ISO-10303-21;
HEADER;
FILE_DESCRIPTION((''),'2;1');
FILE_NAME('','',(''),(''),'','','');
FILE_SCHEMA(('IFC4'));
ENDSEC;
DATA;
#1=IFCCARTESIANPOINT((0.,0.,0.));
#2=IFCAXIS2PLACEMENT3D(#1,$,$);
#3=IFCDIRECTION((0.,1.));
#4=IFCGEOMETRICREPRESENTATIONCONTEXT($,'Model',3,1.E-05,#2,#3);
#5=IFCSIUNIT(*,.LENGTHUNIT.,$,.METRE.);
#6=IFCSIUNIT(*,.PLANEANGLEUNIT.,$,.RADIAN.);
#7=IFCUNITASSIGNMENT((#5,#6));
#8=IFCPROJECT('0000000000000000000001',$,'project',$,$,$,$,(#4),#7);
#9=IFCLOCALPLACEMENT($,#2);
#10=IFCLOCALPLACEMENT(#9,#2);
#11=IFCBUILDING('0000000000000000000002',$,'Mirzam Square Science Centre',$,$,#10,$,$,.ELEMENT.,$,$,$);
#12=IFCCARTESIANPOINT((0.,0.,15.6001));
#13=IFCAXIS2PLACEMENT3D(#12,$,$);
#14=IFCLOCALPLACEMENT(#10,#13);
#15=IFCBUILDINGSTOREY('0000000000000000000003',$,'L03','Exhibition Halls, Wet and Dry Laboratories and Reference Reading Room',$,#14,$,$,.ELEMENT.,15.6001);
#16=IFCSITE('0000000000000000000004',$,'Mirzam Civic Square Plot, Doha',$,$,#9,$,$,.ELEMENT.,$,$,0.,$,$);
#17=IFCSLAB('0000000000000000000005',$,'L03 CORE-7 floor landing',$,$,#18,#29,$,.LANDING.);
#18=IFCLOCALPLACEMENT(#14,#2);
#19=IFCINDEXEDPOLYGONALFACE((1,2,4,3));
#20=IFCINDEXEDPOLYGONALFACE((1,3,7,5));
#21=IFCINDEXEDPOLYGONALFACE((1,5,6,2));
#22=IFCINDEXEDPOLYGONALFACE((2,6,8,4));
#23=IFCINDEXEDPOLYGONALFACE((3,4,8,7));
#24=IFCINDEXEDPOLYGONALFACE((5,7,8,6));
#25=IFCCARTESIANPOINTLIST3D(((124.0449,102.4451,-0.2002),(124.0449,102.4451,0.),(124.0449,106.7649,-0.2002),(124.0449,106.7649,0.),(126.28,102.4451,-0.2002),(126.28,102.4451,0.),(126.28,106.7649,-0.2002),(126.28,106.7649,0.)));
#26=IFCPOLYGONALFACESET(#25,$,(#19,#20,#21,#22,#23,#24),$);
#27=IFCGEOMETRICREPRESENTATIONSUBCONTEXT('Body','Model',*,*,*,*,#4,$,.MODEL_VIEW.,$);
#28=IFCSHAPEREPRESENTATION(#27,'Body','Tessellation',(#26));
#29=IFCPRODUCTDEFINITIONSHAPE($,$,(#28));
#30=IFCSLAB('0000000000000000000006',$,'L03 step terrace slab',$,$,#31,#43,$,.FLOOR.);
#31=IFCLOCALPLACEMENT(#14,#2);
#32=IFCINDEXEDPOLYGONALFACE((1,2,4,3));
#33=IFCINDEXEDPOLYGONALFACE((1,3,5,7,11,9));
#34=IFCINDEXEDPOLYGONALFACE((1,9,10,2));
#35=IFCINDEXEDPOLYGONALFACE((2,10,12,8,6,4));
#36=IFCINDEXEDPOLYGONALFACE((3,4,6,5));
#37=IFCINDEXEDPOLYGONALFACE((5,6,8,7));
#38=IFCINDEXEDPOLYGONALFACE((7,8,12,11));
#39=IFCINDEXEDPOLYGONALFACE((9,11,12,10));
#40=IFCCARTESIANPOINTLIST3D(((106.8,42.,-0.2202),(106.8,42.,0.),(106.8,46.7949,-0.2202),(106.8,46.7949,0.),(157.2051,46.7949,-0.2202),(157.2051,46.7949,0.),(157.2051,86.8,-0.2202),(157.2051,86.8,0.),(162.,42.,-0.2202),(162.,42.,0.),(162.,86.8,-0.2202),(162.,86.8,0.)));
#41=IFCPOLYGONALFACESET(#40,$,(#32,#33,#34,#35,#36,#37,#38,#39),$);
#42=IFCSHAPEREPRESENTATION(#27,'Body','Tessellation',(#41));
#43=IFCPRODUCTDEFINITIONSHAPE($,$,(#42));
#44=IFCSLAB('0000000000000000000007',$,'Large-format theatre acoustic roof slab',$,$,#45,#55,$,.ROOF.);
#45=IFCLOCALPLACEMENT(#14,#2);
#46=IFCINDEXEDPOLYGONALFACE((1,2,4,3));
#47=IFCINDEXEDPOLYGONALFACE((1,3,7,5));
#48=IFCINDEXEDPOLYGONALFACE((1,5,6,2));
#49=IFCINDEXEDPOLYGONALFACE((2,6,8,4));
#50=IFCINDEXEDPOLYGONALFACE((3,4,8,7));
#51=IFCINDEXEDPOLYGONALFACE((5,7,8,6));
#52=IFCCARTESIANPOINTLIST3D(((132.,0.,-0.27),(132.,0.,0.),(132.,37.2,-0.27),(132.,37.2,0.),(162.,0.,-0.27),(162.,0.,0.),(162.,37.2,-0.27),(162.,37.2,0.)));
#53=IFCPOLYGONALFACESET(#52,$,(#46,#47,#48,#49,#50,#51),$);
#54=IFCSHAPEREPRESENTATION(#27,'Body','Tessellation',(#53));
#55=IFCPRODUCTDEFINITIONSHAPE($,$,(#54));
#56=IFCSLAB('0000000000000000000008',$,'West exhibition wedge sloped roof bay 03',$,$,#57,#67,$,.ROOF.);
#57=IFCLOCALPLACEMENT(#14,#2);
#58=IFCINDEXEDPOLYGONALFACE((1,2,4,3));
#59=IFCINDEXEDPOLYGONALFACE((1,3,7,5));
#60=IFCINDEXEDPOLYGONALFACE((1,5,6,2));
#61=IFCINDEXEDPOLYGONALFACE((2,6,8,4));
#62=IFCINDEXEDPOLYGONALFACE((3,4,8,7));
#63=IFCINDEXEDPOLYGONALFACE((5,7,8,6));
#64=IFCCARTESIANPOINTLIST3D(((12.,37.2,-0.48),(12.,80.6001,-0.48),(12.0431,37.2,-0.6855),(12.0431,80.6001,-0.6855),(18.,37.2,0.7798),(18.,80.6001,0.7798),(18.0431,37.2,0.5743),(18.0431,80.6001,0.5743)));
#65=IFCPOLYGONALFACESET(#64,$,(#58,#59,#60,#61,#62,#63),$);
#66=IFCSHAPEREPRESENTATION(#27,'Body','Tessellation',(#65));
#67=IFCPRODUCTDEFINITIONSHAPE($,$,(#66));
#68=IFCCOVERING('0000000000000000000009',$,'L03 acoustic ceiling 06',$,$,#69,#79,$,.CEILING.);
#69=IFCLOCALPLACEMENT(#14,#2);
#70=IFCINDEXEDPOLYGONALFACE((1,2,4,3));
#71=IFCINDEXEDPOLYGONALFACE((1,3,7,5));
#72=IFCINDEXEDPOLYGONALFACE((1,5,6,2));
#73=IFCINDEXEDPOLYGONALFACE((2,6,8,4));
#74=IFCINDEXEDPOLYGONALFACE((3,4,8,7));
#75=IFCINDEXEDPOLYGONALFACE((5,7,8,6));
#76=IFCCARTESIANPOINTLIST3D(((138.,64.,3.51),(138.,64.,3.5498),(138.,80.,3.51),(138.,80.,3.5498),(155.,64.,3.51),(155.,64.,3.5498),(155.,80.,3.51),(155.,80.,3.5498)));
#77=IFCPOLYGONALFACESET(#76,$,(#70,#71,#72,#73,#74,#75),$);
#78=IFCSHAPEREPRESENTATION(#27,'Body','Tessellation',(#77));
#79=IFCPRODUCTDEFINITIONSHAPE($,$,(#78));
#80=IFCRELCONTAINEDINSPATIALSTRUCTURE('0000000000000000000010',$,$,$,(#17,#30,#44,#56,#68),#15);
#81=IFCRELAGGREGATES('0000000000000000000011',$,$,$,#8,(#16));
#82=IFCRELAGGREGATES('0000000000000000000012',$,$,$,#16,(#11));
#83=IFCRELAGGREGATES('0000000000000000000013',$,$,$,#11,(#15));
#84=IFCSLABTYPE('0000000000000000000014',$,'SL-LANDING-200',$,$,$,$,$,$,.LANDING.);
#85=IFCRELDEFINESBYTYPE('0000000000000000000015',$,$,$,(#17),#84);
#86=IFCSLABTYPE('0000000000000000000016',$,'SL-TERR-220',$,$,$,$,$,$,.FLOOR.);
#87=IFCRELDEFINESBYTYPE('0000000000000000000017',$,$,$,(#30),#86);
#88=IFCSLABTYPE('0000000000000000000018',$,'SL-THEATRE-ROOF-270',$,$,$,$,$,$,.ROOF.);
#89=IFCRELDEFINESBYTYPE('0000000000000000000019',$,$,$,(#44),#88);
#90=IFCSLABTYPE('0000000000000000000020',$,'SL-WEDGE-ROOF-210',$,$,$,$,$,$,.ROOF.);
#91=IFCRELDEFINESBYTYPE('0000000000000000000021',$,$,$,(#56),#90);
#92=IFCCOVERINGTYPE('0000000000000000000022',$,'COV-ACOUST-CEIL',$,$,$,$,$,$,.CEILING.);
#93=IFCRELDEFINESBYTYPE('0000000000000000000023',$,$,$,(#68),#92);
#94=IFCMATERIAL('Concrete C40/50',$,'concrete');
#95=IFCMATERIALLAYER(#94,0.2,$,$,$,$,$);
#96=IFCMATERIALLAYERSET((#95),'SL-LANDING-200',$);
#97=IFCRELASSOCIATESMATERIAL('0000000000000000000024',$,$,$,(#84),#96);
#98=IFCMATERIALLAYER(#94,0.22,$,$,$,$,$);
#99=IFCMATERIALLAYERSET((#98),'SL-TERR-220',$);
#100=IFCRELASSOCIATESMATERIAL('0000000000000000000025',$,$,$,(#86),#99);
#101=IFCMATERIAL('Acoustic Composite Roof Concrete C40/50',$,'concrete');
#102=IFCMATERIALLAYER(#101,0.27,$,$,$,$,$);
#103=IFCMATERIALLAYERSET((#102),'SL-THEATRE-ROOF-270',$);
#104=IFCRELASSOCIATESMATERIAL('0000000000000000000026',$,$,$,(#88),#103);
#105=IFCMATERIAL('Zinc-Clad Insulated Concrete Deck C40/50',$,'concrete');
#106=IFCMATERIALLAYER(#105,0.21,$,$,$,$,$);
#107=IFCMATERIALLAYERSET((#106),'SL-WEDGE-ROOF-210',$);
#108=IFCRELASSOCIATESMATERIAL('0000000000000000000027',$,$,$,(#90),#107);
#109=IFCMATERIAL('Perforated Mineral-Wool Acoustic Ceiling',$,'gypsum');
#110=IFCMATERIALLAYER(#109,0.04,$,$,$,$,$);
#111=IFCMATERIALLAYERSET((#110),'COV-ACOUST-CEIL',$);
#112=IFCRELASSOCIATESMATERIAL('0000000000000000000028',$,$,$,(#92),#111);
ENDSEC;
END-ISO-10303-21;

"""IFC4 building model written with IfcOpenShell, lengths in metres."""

from ifc_helpers import new_model, si_unit, direction, frame, origin, place, context, subcontext, project, spatial, polyline, outline, extrude, material, layer, layer_set, type_object, element, save


model = new_model("IFC4")

# Units and contexts
model_context = context("Model", 3, precision=1e-05, world=origin(), true_north=direction((0.0, 1.0)))
body_context = subcontext(model_context, "Body", "Model", "MODEL_VIEW")
ifc_project = project(units=[si_unit("LENGTHUNIT", "METRE"), si_unit("PLANEANGLEUNIT", "RADIAN")], contexts=[model_context])

# Site, building, storey
site_placement = place(None, origin())
site = spatial("IfcSite", under=ifc_project, at=site_placement, Name="Mirzam Civic Square Plot, Doha", CompositionType="ELEMENT", RefElevation=0.0)
building_placement = place(site_placement, origin())
building = spatial("IfcBuilding", under=site, at=building_placement, Name="Mirzam Square Science Centre", CompositionType="ELEMENT")
storey_placement = place(building_placement, frame((0.0, 0.0, 15.6001)))
storey = spatial("IfcBuildingStorey", under=building, at=storey_placement, Name="L03", Description="Exhibition Halls, Wet and Dry Laboratories and Reference Reading Room", CompositionType="ELEMENT", Elevation=15.6001)

# Shared definitions
ifc_material_1 = material(Name="Concrete C40/50", Category="concrete")
ifc_layer_1 = layer(ifc_material_1, 0.2)
ifc_layer_set_1 = layer_set([ifc_layer_1], Name="SL-LANDING-200")
slab_type_1 = type_object("IfcSlabType", Name="SL-LANDING-200", PredefinedType="LANDING", material=ifc_layer_set_1)

# Slabs
slab_1_placement = place(storey_placement, frame((0.0, 0.0, -0.2002)))
element("IfcSlab", 1, at=slab_1_placement, inside=storey, type_object=slab_type_1, Name="L03 CORE-7 floor landing", PredefinedType="LANDING", context=body_context, shape_type="SweptSolid", body=[
    extrude(outline(polyline([(126.28, 102.4451), (124.0449, 102.4451), (124.0449, 106.7649), (126.28, 106.7649), (126.28, 102.4451)])), origin(), (0.0, 0.0, 1.0), 0.2002),
])
ifc_layer_2 = layer(ifc_material_1, 0.22)
ifc_layer_set_2 = layer_set([ifc_layer_2], Name="SL-TERR-220")
slab_type_2 = type_object("IfcSlabType", Name="SL-TERR-220", PredefinedType="FLOOR", material=ifc_layer_set_2)
slab_2_placement = place(storey_placement, frame((0.0, 0.0, -0.2202)))
element("IfcSlab", 2, at=slab_2_placement, inside=storey, type_object=slab_type_2, Name="L03 step terrace slab", PredefinedType="FLOOR", context=body_context, shape_type="SweptSolid", body=[
    extrude(outline(polyline([(162.0, 42.0), (106.8, 42.0), (106.8, 46.7949), (157.2051, 46.7949), (157.2051, 86.8), (162.0, 86.8), (162.0, 42.0)])), origin(), (0.0, 0.0, 1.0), 0.2202),
])
ifc_material_2 = material(Name="Acoustic Composite Roof Concrete C40/50", Category="concrete")
ifc_layer_3 = layer(ifc_material_2, 0.27)
ifc_layer_set_3 = layer_set([ifc_layer_3], Name="SL-THEATRE-ROOF-270")
slab_type_3 = type_object("IfcSlabType", Name="SL-THEATRE-ROOF-270", PredefinedType="ROOF", material=ifc_layer_set_3)
slab_3_placement = place(storey_placement, frame((0.0, 0.0, -0.27)))
element("IfcSlab", 3, at=slab_3_placement, inside=storey, type_object=slab_type_3, Name="Large-format theatre acoustic roof slab", PredefinedType="ROOF", context=body_context, shape_type="SweptSolid", body=[
    extrude(outline(polyline([(132.0, 37.2), (162.0, 37.2), (162.0, 0.0), (132.0, 0.0), (132.0, 37.2)])), origin(), (0.0, 0.0, 1.0), 0.27),
])
ifc_material_3 = material(Name="Zinc-Clad Insulated Concrete Deck C40/50", Category="concrete")
ifc_layer_4 = layer(ifc_material_3, 0.21)
ifc_layer_set_4 = layer_set([ifc_layer_4], Name="SL-WEDGE-ROOF-210")
slab_type_4 = type_object("IfcSlabType", Name="SL-WEDGE-ROOF-210", PredefinedType="ROOF", material=ifc_layer_set_4)
slab_4_placement = place(storey_placement, frame((12.0, 37.2, -0.48), z_axis=(-0.205481, 0.0, 0.978661), x_axis=(0.978661, 0.0, 0.205481)))
element("IfcSlab", 4, at=slab_4_placement, inside=storey, type_object=slab_type_4, Name="West exhibition wedge sloped roof bay 03", PredefinedType="ROOF", context=body_context, shape_type="SweptSolid", body=[
    extrude(outline(polyline([(0.0, 0.0), (6.1308, 0.0), (6.1308, 43.4001), (0.0, 43.4001), (0.0, 0.0)])), origin(), (0.0, 0.0, -1.0), 0.21),
])

# Covering
ifc_material_4 = material(Name="Perforated Mineral-Wool Acoustic Ceiling", Category="gypsum")
ifc_layer_5 = layer(ifc_material_4, 0.04)
ifc_layer_set_5 = layer_set([ifc_layer_5], Name="COV-ACOUST-CEIL")
covering_type = type_object("IfcCoveringType", Name="COV-ACOUST-CEIL", PredefinedType="CEILING", material=ifc_layer_set_5)
covering_placement = place(storey_placement, frame((0.0, 0.0, 3.51)))
element("IfcCovering", 5, at=covering_placement, inside=storey, type_object=covering_type, Name="L03 acoustic ceiling 06", PredefinedType="CEILING", context=body_context, shape_type="SweptSolid", body=[
    extrude(outline(polyline([(138.0, 64.0), (155.0, 64.0), (155.0, 80.0), (138.0, 80.0), (138.0, 64.0)])), origin(), (0.0, 0.0, 1.0), 0.0398),
])

save(model, "model.ifc")
